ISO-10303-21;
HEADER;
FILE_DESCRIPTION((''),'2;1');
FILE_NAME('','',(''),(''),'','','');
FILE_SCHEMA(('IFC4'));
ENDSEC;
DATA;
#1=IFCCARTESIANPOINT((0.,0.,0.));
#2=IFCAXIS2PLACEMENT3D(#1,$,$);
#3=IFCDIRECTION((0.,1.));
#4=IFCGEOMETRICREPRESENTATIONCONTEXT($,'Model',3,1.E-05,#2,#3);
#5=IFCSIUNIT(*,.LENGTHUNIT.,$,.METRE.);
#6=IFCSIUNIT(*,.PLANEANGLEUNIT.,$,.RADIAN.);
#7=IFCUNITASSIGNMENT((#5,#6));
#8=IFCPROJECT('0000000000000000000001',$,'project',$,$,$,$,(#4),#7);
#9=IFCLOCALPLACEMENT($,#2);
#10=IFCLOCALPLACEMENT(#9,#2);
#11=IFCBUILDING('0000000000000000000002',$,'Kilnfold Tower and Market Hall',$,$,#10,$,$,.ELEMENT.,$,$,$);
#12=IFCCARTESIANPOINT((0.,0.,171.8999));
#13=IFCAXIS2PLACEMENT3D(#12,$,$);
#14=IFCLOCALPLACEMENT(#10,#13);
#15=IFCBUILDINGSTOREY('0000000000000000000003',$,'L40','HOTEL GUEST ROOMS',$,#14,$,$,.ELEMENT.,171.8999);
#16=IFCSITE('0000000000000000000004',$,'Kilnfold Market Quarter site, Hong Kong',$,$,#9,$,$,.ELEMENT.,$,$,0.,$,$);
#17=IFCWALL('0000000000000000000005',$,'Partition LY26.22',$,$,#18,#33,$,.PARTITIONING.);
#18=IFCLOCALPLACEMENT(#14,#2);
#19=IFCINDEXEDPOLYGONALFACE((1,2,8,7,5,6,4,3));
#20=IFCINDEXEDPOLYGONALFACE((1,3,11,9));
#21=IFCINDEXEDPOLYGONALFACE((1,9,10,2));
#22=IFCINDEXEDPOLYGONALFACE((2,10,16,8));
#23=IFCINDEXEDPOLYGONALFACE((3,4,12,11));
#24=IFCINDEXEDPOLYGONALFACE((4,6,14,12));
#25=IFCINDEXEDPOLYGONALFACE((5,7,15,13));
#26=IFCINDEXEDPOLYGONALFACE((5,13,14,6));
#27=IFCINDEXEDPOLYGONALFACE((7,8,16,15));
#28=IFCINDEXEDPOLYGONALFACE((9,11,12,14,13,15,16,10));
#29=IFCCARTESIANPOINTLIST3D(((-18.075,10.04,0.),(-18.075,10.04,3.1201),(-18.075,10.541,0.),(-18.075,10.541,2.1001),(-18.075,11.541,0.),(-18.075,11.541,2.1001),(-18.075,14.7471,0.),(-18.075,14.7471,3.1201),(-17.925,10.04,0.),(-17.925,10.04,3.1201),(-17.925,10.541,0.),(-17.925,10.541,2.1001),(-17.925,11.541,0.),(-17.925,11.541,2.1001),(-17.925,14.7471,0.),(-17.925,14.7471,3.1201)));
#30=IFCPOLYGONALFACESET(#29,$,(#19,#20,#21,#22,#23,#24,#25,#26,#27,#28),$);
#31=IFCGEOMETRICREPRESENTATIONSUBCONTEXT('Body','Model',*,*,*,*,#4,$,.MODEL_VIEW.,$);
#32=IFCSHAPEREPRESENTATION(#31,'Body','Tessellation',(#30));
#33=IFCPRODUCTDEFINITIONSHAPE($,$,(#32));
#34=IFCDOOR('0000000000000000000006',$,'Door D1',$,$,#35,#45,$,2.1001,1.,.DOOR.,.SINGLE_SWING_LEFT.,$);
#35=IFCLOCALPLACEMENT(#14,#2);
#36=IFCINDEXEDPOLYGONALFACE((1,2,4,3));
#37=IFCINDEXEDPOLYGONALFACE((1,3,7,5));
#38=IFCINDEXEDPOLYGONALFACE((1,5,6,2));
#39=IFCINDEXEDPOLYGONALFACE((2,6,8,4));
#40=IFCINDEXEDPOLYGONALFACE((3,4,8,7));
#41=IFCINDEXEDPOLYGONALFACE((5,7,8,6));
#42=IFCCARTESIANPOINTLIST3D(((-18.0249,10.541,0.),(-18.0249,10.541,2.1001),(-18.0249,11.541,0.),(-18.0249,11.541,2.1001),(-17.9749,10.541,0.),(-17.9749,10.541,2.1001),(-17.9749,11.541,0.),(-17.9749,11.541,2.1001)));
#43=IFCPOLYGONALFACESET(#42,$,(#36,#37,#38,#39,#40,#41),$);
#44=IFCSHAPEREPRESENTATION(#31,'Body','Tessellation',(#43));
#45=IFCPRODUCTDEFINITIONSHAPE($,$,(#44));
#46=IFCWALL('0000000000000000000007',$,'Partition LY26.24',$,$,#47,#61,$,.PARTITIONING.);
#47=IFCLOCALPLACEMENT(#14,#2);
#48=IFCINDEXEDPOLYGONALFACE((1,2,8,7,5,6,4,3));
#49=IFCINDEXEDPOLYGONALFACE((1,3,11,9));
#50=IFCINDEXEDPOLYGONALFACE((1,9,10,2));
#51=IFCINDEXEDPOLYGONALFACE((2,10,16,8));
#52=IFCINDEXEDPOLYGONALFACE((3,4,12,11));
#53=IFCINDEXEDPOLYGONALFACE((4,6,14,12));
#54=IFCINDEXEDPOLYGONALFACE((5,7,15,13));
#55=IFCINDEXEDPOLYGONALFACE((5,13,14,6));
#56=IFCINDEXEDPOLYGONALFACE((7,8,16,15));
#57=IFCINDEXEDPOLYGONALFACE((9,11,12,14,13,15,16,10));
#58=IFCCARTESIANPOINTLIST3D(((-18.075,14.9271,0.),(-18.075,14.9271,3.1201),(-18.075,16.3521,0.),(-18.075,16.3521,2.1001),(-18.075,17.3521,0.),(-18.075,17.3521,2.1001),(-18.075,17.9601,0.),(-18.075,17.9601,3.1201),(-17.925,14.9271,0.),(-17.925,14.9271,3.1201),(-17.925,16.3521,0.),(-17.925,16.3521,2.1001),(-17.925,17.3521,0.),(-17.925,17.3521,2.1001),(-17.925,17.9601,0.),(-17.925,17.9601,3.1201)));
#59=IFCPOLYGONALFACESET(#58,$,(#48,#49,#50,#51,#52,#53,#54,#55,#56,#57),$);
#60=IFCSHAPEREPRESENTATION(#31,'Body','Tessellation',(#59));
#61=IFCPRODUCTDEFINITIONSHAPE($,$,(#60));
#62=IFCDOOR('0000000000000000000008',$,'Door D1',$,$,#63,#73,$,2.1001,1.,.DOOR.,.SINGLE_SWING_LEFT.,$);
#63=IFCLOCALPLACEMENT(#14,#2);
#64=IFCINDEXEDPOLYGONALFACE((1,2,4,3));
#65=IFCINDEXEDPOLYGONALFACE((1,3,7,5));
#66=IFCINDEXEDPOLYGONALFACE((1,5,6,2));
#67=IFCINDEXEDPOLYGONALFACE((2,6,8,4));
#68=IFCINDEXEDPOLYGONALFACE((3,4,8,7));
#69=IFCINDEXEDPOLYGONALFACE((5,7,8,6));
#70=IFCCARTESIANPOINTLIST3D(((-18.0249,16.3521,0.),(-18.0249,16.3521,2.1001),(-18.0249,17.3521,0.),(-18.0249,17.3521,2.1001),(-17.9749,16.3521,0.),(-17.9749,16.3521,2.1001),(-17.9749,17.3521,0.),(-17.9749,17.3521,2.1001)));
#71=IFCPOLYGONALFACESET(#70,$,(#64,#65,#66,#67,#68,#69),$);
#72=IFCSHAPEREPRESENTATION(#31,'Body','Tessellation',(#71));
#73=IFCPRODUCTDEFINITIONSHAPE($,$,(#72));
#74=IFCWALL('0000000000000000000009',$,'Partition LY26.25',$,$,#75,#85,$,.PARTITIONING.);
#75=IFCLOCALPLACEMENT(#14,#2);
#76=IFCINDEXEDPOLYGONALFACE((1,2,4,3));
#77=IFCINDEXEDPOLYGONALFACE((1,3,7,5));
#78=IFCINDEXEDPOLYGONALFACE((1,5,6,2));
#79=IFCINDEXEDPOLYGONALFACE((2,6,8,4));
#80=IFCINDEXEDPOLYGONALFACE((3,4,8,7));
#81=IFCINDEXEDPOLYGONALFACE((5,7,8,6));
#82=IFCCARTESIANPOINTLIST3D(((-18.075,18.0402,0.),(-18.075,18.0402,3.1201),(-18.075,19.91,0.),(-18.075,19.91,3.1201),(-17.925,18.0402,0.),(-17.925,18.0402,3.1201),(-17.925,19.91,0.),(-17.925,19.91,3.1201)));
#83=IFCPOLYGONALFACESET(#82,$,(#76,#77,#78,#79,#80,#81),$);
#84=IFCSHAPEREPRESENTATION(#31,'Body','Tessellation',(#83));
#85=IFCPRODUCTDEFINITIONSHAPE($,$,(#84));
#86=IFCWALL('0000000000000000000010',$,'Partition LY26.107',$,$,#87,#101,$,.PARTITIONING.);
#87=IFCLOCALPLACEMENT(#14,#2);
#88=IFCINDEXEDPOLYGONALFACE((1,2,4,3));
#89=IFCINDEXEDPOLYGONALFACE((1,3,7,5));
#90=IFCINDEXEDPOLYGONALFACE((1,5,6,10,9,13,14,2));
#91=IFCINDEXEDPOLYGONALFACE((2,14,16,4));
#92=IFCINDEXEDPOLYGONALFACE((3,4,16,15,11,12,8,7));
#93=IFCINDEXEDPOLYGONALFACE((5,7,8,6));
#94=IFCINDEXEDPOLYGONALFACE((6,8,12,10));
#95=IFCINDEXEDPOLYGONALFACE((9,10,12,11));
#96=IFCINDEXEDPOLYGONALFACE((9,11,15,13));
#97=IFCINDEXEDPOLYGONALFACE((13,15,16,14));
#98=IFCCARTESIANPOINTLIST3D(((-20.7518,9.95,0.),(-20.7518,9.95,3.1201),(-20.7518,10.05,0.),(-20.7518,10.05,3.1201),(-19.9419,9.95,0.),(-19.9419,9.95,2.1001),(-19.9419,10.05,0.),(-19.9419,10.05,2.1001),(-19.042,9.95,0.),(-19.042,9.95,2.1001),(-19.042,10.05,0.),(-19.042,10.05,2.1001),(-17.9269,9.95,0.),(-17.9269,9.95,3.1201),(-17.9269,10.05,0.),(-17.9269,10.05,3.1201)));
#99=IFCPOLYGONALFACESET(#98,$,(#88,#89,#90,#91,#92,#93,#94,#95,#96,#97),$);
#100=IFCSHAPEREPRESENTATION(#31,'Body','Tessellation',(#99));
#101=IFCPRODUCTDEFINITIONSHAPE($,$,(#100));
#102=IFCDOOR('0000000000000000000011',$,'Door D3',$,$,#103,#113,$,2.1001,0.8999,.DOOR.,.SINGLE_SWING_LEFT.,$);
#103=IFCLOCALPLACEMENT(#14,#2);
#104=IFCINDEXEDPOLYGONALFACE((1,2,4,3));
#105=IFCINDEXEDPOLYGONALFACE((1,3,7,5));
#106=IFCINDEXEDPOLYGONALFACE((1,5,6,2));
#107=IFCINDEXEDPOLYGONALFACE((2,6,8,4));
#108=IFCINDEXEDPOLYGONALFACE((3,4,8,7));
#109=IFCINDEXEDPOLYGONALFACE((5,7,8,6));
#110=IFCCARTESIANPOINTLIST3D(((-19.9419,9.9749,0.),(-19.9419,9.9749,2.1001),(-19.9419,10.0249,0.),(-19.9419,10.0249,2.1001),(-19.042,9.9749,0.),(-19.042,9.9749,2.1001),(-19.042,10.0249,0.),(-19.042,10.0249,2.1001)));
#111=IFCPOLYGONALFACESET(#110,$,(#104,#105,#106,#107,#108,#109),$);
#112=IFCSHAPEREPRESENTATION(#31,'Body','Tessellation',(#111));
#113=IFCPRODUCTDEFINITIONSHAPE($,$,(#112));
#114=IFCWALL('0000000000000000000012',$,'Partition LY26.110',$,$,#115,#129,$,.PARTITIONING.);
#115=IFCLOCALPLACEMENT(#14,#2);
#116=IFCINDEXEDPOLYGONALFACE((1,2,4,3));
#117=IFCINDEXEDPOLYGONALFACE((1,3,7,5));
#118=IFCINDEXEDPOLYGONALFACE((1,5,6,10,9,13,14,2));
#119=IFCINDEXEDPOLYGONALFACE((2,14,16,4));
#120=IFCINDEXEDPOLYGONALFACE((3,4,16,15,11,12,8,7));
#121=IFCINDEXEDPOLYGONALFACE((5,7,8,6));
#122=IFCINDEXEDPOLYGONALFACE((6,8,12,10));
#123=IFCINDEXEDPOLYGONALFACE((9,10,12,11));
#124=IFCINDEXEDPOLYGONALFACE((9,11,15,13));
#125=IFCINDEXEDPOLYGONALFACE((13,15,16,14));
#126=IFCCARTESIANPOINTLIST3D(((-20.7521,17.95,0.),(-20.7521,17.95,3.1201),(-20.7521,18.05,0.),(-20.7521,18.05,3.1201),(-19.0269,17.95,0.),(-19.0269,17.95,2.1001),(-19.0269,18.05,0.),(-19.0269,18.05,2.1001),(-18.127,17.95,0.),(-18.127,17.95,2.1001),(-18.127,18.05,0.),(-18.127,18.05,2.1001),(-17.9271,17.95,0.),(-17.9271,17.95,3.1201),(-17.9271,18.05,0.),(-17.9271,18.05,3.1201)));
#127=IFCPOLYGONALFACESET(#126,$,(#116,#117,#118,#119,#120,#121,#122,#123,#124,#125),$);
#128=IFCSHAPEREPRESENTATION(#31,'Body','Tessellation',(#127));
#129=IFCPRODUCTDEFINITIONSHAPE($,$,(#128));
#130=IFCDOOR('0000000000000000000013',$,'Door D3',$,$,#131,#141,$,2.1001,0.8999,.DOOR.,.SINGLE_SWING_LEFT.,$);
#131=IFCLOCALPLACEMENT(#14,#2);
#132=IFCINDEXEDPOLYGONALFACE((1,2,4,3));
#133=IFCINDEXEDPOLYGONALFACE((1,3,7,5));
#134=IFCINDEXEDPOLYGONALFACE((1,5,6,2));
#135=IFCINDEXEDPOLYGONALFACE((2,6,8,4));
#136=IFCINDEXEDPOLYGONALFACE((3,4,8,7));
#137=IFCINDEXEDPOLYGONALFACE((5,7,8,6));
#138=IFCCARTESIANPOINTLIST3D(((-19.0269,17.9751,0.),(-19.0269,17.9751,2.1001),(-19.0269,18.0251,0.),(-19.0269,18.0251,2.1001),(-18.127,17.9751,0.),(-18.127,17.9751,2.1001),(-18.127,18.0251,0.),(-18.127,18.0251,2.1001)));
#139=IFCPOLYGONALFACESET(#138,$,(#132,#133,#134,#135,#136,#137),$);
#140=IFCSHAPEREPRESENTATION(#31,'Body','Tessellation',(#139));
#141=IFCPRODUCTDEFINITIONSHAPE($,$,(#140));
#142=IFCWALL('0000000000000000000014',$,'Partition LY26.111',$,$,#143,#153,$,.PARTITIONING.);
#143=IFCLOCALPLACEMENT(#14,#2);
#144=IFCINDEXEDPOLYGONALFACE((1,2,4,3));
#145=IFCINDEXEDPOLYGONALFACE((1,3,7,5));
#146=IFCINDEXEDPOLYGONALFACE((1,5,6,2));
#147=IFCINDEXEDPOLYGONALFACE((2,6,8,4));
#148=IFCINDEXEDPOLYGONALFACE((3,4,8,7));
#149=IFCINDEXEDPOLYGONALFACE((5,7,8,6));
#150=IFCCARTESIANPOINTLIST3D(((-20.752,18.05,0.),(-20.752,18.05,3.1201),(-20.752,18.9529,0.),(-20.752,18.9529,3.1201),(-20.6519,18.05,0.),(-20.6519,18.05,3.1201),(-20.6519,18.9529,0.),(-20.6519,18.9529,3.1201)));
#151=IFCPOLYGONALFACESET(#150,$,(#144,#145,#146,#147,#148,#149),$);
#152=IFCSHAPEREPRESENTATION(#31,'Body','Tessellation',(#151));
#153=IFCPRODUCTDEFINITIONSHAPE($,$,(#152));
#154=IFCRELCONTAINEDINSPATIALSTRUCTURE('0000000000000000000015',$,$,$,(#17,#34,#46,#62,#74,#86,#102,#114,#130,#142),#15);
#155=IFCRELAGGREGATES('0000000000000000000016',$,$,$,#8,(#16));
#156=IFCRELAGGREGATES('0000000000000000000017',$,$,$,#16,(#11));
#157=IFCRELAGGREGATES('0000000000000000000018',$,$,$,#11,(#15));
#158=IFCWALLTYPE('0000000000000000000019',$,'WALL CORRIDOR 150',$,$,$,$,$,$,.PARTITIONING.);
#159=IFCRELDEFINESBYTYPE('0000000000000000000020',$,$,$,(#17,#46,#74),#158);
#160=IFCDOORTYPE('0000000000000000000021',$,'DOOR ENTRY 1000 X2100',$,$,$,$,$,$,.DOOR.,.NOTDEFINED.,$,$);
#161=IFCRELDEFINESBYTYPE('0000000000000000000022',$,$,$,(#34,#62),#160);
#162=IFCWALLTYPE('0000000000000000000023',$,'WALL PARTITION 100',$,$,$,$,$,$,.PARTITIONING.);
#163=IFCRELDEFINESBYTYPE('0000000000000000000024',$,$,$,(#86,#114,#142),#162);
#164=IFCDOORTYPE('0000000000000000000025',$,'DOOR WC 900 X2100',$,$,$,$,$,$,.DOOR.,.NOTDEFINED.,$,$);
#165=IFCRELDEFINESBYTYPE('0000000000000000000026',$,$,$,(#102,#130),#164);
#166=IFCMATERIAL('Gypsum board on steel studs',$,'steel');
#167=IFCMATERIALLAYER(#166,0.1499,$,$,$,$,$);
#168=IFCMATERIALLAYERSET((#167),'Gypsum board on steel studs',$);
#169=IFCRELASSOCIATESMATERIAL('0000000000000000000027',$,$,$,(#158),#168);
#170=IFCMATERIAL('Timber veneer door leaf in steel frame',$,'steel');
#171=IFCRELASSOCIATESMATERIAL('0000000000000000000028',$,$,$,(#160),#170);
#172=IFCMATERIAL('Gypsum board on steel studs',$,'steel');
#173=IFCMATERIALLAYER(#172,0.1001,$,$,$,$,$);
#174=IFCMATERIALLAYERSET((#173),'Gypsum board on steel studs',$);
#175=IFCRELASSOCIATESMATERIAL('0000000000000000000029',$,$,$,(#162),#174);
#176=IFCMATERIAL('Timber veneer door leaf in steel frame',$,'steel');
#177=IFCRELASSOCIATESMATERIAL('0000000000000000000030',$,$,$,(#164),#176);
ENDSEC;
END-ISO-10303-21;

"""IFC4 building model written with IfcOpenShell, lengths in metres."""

from ifc_helpers import new_model, si_unit, direction, frame, frame_2d, origin, place, context, subcontext, project, spatial, rectangle, extrude, material, layer, layer_set, type_object, element, fill, save


model = new_model("IFC4")

# Units and contexts
model_context = context("Model", 3, precision=1e-05, world=origin(), true_north=direction((0.0, 1.0)))
body_context = subcontext(model_context, "Body", "Model", "MODEL_VIEW")
ifc_project = project(units=[si_unit("LENGTHUNIT", "METRE"), si_unit("PLANEANGLEUNIT", "RADIAN")], contexts=[model_context])

# Site, building, storey
site_placement = place(None, origin())
site = spatial("IfcSite", under=ifc_project, at=site_placement, Name="Kilnfold Market Quarter site, Hong Kong", CompositionType="ELEMENT", RefElevation=0.0)
building_placement = place(site_placement, origin())
building = spatial("IfcBuilding", under=site, at=building_placement, Name="Kilnfold Tower and Market Hall", CompositionType="ELEMENT")
storey_placement = place(building_placement, frame((0.0, 0.0, 171.8999)))
storey = spatial("IfcBuildingStorey", under=building, at=storey_placement, Name="L40", Description="HOTEL GUEST ROOMS", CompositionType="ELEMENT", Elevation=171.8999)

# Walls, openings, doors
ifc_material_1 = material(Name="Gypsum board on steel studs", Category="steel")
ifc_layer_1 = layer(ifc_material_1, 0.1499)
ifc_layer_set_1 = layer_set([ifc_layer_1], Name="Gypsum board on steel studs")
wall_type_1 = type_object("IfcWallType", Name="WALL CORRIDOR 150", PredefinedType="PARTITIONING", material=ifc_layer_set_1)
wall_1_placement = place(storey_placement, frame((-18.0, 10.04, 0.0), z_axis=(0.0, 0.0, 1.0), x_axis=(0.0, 1.0, 0.0)))
wall_1 = element("IfcWall", 1, at=wall_1_placement, inside=storey, type_object=wall_type_1, Name="Partition LY26.22", PredefinedType="PARTITIONING", context=body_context, shape_type="SweptSolid", body=[
    extrude(rectangle(XDim=4.707, YDim=0.1499, at=frame_2d((2.3535, 0.0))), origin(), (0.0, 0.0, 1.0), 3.1201),
])
opening_1_placement = place(wall_1_placement, frame((0.501, 0.0, 0.0)))
opening_1 = element("IfcOpeningElement", 2, at=opening_1_placement, cuts=wall_1, PredefinedType="OPENING", context=body_context, shape_type="SweptSolid", body=[
    extrude(rectangle(XDim=1.0, YDim=2.1001, at=frame_2d((0.5, 1.05))), frame((0.0, 0.085, 0.0), z_axis=(0.0, -1.0, 0.0), x_axis=(1.0, 0.0, 0.0)), (0.0, 0.0, 1.0), 0.1699),
])
ifc_material_2 = material(Name="Timber veneer door leaf in steel frame", Category="steel")
door_type_1 = type_object("IfcDoorType", Name="DOOR ENTRY 1000 X2100", OperationType="NOTDEFINED", PredefinedType="DOOR", material=ifc_material_2)
door_1_placement = place(opening_1_placement, origin())
door_1 = element("IfcDoor", 3, at=door_1_placement, inside=storey, type_object=door_type_1, Name="Door D1", OperationType="SINGLE_SWING_LEFT", OverallHeight=2.1001, OverallWidth=1.0, PredefinedType="DOOR", context=body_context, shape_type="SweptSolid", body=[
    extrude(rectangle(XDim=1.0, YDim=2.1001, at=frame_2d((0.5, 1.05))), frame((0.0, 0.0249, 0.0), z_axis=(0.0, -1.0, 0.0), x_axis=(1.0, 0.0, 0.0)), (0.0, 0.0, 1.0), 0.05),
])
fill(opening_1, door_1)
wall_2_placement = place(storey_placement, frame((-18.0, 14.927, 0.0), z_axis=(0.0, 0.0, 1.0), x_axis=(0.0, 1.0, 0.0)))
wall_2 = element("IfcWall", 4, at=wall_2_placement, inside=storey, type_object=wall_type_1, Name="Partition LY26.24", PredefinedType="PARTITIONING", context=body_context, shape_type="SweptSolid", body=[
    extrude(rectangle(XDim=3.033, YDim=0.1499, at=frame_2d((1.5166, 0.0))), origin(), (0.0, 0.0, 1.0), 3.1201),
])
opening_2_placement = place(wall_2_placement, frame((1.425, 0.0, 0.0)))
opening_2 = element("IfcOpeningElement", 5, at=opening_2_placement, cuts=wall_2, PredefinedType="OPENING", context=body_context, shape_type="SweptSolid", body=[
    extrude(rectangle(XDim=1.0, YDim=2.1001, at=frame_2d((0.5, 1.05))), frame((0.0, 0.085, 0.0), z_axis=(0.0, -1.0, 0.0), x_axis=(1.0, 0.0, 0.0)), (0.0, 0.0, 1.0), 0.1699),
])
door_2_placement = place(opening_2_placement, origin())
door_2 = element("IfcDoor", 6, at=door_2_placement, inside=storey, type_object=door_type_1, Name="Door D1", OperationType="SINGLE_SWING_LEFT", OverallHeight=2.1001, OverallWidth=1.0, PredefinedType="DOOR", context=body_context, shape_type="SweptSolid", body=[
    extrude(rectangle(XDim=1.0, YDim=2.1001, at=frame_2d((0.5, 1.05))), frame((0.0, 0.0249, 0.0), z_axis=(0.0, -1.0, 0.0), x_axis=(1.0, 0.0, 0.0)), (0.0, 0.0, 1.0), 0.05),
])
fill(opening_2, door_2)

# Wall
wall_3_placement = place(storey_placement, frame((-18.0, 18.04, 0.0), z_axis=(0.0, 0.0, 1.0), x_axis=(0.0, 1.0, 0.0)))
element("IfcWall", 7, at=wall_3_placement, inside=storey, type_object=wall_type_1, Name="Partition LY26.25", PredefinedType="PARTITIONING", context=body_context, shape_type="SweptSolid", body=[
    extrude(rectangle(XDim=1.8699, YDim=0.1499, at=frame_2d((0.9351, 0.0))), origin(), (0.0, 0.0, 1.0), 3.1201),
])

# Walls, openings, doors
ifc_material_3 = material(Name="Gypsum board on steel studs", Category="steel")
ifc_layer_2 = layer(ifc_material_3, 0.1001)
ifc_layer_set_2 = layer_set([ifc_layer_2], Name="Gypsum board on steel studs")
wall_type_2 = type_object("IfcWallType", Name="WALL PARTITION 100", PredefinedType="PARTITIONING", material=ifc_layer_set_2)
wall_4_placement = place(storey_placement, frame((-20.752, 10.0, 0.0), z_axis=(0.0, 0.0, 1.0), x_axis=(1.0, 0.0, 0.0)))
wall_4 = element("IfcWall", 8, at=wall_4_placement, inside=storey, type_object=wall_type_2, Name="Partition LY26.107", PredefinedType="PARTITIONING", context=body_context, shape_type="SweptSolid", body=[
    extrude(rectangle(XDim=2.825, YDim=0.1001, at=frame_2d((1.4126, 0.0))), origin(), (0.0, 0.0, 1.0), 3.1201),
])
opening_3_placement = place(wall_4_placement, frame((0.8101, 0.0, 0.0)))
opening_3 = element("IfcOpeningElement", 9, at=opening_3_placement, cuts=wall_4, PredefinedType="OPENING", context=body_context, shape_type="SweptSolid", body=[
    extrude(rectangle(XDim=0.8999, YDim=2.1001, at=frame_2d((0.45, 1.05))), frame((0.0, 0.0601, 0.0), z_axis=(0.0, -1.0, 0.0), x_axis=(1.0, 0.0, 0.0)), (0.0, 0.0, 1.0), 0.1201),
])
ifc_material_4 = material(Name="Timber veneer door leaf in steel frame", Category="steel")
door_type_2 = type_object("IfcDoorType", Name="DOOR WC 900 X2100", OperationType="NOTDEFINED", PredefinedType="DOOR", material=ifc_material_4)
door_3_placement = place(opening_3_placement, origin())
door_3 = element("IfcDoor", 10, at=door_3_placement, inside=storey, type_object=door_type_2, Name="Door D3", OperationType="SINGLE_SWING_LEFT", OverallHeight=2.1001, OverallWidth=0.8999, PredefinedType="DOOR", context=body_context, shape_type="SweptSolid", body=[
    extrude(rectangle(XDim=0.8999, YDim=2.1001, at=frame_2d((0.45, 1.05))), frame((0.0, 0.0249, 0.0), z_axis=(0.0, -1.0, 0.0), x_axis=(1.0, 0.0, 0.0)), (0.0, 0.0, 1.0), 0.05),
])
fill(opening_3, door_3)
wall_5_placement = place(storey_placement, frame((-17.927, 18.0, 0.0), z_axis=(0.0, 0.0, 1.0), x_axis=(-1.0, 0.0, 0.0)))
wall_5 = element("IfcWall", 11, at=wall_5_placement, inside=storey, type_object=wall_type_2, Name="Partition LY26.110", PredefinedType="PARTITIONING", context=body_context, shape_type="SweptSolid", body=[
    extrude(rectangle(XDim=2.825, YDim=0.1001, at=frame_2d((1.4126, 0.0))), origin(), (0.0, 0.0, 1.0), 3.1201),
])
opening_4_placement = place(wall_5_placement, frame((0.2, 0.0, 0.0)))
opening_4 = element("IfcOpeningElement", 12, at=opening_4_placement, cuts=wall_5, PredefinedType="OPENING", context=body_context, shape_type="SweptSolid", body=[
    extrude(rectangle(XDim=0.8999, YDim=2.1001, at=frame_2d((0.45, 1.05))), frame((0.0, 0.0601, 0.0), z_axis=(0.0, -1.0, 0.0), x_axis=(1.0, 0.0, 0.0)), (0.0, 0.0, 1.0), 0.1201),
])
door_4_placement = place(opening_4_placement, origin())
door_4 = element("IfcDoor", 13, at=door_4_placement, inside=storey, type_object=door_type_2, Name="Door D3", OperationType="SINGLE_SWING_LEFT", OverallHeight=2.1001, OverallWidth=0.8999, PredefinedType="DOOR", context=body_context, shape_type="SweptSolid", body=[
    extrude(rectangle(XDim=0.8999, YDim=2.1001, at=frame_2d((0.45, 1.05))), frame((0.0, 0.0249, 0.0), z_axis=(0.0, -1.0, 0.0), x_axis=(1.0, 0.0, 0.0)), (0.0, 0.0, 1.0), 0.05),
])
fill(opening_4, door_4)

# Wall
wall_6_placement = place(storey_placement, frame((-20.7019, 18.05, 0.0), z_axis=(0.0, 0.0, 1.0), x_axis=(0.0, 1.0, 0.0)))
element("IfcWall", 14, at=wall_6_placement, inside=storey, type_object=wall_type_2, Name="Partition LY26.111", PredefinedType="PARTITIONING", context=body_context, shape_type="SweptSolid", body=[
    extrude(rectangle(XDim=0.9028, YDim=0.1001, at=frame_2d((0.4514, 0.0))), origin(), (0.0, 0.0, 1.0), 3.1201),
])

save(model, "model.ifc")
